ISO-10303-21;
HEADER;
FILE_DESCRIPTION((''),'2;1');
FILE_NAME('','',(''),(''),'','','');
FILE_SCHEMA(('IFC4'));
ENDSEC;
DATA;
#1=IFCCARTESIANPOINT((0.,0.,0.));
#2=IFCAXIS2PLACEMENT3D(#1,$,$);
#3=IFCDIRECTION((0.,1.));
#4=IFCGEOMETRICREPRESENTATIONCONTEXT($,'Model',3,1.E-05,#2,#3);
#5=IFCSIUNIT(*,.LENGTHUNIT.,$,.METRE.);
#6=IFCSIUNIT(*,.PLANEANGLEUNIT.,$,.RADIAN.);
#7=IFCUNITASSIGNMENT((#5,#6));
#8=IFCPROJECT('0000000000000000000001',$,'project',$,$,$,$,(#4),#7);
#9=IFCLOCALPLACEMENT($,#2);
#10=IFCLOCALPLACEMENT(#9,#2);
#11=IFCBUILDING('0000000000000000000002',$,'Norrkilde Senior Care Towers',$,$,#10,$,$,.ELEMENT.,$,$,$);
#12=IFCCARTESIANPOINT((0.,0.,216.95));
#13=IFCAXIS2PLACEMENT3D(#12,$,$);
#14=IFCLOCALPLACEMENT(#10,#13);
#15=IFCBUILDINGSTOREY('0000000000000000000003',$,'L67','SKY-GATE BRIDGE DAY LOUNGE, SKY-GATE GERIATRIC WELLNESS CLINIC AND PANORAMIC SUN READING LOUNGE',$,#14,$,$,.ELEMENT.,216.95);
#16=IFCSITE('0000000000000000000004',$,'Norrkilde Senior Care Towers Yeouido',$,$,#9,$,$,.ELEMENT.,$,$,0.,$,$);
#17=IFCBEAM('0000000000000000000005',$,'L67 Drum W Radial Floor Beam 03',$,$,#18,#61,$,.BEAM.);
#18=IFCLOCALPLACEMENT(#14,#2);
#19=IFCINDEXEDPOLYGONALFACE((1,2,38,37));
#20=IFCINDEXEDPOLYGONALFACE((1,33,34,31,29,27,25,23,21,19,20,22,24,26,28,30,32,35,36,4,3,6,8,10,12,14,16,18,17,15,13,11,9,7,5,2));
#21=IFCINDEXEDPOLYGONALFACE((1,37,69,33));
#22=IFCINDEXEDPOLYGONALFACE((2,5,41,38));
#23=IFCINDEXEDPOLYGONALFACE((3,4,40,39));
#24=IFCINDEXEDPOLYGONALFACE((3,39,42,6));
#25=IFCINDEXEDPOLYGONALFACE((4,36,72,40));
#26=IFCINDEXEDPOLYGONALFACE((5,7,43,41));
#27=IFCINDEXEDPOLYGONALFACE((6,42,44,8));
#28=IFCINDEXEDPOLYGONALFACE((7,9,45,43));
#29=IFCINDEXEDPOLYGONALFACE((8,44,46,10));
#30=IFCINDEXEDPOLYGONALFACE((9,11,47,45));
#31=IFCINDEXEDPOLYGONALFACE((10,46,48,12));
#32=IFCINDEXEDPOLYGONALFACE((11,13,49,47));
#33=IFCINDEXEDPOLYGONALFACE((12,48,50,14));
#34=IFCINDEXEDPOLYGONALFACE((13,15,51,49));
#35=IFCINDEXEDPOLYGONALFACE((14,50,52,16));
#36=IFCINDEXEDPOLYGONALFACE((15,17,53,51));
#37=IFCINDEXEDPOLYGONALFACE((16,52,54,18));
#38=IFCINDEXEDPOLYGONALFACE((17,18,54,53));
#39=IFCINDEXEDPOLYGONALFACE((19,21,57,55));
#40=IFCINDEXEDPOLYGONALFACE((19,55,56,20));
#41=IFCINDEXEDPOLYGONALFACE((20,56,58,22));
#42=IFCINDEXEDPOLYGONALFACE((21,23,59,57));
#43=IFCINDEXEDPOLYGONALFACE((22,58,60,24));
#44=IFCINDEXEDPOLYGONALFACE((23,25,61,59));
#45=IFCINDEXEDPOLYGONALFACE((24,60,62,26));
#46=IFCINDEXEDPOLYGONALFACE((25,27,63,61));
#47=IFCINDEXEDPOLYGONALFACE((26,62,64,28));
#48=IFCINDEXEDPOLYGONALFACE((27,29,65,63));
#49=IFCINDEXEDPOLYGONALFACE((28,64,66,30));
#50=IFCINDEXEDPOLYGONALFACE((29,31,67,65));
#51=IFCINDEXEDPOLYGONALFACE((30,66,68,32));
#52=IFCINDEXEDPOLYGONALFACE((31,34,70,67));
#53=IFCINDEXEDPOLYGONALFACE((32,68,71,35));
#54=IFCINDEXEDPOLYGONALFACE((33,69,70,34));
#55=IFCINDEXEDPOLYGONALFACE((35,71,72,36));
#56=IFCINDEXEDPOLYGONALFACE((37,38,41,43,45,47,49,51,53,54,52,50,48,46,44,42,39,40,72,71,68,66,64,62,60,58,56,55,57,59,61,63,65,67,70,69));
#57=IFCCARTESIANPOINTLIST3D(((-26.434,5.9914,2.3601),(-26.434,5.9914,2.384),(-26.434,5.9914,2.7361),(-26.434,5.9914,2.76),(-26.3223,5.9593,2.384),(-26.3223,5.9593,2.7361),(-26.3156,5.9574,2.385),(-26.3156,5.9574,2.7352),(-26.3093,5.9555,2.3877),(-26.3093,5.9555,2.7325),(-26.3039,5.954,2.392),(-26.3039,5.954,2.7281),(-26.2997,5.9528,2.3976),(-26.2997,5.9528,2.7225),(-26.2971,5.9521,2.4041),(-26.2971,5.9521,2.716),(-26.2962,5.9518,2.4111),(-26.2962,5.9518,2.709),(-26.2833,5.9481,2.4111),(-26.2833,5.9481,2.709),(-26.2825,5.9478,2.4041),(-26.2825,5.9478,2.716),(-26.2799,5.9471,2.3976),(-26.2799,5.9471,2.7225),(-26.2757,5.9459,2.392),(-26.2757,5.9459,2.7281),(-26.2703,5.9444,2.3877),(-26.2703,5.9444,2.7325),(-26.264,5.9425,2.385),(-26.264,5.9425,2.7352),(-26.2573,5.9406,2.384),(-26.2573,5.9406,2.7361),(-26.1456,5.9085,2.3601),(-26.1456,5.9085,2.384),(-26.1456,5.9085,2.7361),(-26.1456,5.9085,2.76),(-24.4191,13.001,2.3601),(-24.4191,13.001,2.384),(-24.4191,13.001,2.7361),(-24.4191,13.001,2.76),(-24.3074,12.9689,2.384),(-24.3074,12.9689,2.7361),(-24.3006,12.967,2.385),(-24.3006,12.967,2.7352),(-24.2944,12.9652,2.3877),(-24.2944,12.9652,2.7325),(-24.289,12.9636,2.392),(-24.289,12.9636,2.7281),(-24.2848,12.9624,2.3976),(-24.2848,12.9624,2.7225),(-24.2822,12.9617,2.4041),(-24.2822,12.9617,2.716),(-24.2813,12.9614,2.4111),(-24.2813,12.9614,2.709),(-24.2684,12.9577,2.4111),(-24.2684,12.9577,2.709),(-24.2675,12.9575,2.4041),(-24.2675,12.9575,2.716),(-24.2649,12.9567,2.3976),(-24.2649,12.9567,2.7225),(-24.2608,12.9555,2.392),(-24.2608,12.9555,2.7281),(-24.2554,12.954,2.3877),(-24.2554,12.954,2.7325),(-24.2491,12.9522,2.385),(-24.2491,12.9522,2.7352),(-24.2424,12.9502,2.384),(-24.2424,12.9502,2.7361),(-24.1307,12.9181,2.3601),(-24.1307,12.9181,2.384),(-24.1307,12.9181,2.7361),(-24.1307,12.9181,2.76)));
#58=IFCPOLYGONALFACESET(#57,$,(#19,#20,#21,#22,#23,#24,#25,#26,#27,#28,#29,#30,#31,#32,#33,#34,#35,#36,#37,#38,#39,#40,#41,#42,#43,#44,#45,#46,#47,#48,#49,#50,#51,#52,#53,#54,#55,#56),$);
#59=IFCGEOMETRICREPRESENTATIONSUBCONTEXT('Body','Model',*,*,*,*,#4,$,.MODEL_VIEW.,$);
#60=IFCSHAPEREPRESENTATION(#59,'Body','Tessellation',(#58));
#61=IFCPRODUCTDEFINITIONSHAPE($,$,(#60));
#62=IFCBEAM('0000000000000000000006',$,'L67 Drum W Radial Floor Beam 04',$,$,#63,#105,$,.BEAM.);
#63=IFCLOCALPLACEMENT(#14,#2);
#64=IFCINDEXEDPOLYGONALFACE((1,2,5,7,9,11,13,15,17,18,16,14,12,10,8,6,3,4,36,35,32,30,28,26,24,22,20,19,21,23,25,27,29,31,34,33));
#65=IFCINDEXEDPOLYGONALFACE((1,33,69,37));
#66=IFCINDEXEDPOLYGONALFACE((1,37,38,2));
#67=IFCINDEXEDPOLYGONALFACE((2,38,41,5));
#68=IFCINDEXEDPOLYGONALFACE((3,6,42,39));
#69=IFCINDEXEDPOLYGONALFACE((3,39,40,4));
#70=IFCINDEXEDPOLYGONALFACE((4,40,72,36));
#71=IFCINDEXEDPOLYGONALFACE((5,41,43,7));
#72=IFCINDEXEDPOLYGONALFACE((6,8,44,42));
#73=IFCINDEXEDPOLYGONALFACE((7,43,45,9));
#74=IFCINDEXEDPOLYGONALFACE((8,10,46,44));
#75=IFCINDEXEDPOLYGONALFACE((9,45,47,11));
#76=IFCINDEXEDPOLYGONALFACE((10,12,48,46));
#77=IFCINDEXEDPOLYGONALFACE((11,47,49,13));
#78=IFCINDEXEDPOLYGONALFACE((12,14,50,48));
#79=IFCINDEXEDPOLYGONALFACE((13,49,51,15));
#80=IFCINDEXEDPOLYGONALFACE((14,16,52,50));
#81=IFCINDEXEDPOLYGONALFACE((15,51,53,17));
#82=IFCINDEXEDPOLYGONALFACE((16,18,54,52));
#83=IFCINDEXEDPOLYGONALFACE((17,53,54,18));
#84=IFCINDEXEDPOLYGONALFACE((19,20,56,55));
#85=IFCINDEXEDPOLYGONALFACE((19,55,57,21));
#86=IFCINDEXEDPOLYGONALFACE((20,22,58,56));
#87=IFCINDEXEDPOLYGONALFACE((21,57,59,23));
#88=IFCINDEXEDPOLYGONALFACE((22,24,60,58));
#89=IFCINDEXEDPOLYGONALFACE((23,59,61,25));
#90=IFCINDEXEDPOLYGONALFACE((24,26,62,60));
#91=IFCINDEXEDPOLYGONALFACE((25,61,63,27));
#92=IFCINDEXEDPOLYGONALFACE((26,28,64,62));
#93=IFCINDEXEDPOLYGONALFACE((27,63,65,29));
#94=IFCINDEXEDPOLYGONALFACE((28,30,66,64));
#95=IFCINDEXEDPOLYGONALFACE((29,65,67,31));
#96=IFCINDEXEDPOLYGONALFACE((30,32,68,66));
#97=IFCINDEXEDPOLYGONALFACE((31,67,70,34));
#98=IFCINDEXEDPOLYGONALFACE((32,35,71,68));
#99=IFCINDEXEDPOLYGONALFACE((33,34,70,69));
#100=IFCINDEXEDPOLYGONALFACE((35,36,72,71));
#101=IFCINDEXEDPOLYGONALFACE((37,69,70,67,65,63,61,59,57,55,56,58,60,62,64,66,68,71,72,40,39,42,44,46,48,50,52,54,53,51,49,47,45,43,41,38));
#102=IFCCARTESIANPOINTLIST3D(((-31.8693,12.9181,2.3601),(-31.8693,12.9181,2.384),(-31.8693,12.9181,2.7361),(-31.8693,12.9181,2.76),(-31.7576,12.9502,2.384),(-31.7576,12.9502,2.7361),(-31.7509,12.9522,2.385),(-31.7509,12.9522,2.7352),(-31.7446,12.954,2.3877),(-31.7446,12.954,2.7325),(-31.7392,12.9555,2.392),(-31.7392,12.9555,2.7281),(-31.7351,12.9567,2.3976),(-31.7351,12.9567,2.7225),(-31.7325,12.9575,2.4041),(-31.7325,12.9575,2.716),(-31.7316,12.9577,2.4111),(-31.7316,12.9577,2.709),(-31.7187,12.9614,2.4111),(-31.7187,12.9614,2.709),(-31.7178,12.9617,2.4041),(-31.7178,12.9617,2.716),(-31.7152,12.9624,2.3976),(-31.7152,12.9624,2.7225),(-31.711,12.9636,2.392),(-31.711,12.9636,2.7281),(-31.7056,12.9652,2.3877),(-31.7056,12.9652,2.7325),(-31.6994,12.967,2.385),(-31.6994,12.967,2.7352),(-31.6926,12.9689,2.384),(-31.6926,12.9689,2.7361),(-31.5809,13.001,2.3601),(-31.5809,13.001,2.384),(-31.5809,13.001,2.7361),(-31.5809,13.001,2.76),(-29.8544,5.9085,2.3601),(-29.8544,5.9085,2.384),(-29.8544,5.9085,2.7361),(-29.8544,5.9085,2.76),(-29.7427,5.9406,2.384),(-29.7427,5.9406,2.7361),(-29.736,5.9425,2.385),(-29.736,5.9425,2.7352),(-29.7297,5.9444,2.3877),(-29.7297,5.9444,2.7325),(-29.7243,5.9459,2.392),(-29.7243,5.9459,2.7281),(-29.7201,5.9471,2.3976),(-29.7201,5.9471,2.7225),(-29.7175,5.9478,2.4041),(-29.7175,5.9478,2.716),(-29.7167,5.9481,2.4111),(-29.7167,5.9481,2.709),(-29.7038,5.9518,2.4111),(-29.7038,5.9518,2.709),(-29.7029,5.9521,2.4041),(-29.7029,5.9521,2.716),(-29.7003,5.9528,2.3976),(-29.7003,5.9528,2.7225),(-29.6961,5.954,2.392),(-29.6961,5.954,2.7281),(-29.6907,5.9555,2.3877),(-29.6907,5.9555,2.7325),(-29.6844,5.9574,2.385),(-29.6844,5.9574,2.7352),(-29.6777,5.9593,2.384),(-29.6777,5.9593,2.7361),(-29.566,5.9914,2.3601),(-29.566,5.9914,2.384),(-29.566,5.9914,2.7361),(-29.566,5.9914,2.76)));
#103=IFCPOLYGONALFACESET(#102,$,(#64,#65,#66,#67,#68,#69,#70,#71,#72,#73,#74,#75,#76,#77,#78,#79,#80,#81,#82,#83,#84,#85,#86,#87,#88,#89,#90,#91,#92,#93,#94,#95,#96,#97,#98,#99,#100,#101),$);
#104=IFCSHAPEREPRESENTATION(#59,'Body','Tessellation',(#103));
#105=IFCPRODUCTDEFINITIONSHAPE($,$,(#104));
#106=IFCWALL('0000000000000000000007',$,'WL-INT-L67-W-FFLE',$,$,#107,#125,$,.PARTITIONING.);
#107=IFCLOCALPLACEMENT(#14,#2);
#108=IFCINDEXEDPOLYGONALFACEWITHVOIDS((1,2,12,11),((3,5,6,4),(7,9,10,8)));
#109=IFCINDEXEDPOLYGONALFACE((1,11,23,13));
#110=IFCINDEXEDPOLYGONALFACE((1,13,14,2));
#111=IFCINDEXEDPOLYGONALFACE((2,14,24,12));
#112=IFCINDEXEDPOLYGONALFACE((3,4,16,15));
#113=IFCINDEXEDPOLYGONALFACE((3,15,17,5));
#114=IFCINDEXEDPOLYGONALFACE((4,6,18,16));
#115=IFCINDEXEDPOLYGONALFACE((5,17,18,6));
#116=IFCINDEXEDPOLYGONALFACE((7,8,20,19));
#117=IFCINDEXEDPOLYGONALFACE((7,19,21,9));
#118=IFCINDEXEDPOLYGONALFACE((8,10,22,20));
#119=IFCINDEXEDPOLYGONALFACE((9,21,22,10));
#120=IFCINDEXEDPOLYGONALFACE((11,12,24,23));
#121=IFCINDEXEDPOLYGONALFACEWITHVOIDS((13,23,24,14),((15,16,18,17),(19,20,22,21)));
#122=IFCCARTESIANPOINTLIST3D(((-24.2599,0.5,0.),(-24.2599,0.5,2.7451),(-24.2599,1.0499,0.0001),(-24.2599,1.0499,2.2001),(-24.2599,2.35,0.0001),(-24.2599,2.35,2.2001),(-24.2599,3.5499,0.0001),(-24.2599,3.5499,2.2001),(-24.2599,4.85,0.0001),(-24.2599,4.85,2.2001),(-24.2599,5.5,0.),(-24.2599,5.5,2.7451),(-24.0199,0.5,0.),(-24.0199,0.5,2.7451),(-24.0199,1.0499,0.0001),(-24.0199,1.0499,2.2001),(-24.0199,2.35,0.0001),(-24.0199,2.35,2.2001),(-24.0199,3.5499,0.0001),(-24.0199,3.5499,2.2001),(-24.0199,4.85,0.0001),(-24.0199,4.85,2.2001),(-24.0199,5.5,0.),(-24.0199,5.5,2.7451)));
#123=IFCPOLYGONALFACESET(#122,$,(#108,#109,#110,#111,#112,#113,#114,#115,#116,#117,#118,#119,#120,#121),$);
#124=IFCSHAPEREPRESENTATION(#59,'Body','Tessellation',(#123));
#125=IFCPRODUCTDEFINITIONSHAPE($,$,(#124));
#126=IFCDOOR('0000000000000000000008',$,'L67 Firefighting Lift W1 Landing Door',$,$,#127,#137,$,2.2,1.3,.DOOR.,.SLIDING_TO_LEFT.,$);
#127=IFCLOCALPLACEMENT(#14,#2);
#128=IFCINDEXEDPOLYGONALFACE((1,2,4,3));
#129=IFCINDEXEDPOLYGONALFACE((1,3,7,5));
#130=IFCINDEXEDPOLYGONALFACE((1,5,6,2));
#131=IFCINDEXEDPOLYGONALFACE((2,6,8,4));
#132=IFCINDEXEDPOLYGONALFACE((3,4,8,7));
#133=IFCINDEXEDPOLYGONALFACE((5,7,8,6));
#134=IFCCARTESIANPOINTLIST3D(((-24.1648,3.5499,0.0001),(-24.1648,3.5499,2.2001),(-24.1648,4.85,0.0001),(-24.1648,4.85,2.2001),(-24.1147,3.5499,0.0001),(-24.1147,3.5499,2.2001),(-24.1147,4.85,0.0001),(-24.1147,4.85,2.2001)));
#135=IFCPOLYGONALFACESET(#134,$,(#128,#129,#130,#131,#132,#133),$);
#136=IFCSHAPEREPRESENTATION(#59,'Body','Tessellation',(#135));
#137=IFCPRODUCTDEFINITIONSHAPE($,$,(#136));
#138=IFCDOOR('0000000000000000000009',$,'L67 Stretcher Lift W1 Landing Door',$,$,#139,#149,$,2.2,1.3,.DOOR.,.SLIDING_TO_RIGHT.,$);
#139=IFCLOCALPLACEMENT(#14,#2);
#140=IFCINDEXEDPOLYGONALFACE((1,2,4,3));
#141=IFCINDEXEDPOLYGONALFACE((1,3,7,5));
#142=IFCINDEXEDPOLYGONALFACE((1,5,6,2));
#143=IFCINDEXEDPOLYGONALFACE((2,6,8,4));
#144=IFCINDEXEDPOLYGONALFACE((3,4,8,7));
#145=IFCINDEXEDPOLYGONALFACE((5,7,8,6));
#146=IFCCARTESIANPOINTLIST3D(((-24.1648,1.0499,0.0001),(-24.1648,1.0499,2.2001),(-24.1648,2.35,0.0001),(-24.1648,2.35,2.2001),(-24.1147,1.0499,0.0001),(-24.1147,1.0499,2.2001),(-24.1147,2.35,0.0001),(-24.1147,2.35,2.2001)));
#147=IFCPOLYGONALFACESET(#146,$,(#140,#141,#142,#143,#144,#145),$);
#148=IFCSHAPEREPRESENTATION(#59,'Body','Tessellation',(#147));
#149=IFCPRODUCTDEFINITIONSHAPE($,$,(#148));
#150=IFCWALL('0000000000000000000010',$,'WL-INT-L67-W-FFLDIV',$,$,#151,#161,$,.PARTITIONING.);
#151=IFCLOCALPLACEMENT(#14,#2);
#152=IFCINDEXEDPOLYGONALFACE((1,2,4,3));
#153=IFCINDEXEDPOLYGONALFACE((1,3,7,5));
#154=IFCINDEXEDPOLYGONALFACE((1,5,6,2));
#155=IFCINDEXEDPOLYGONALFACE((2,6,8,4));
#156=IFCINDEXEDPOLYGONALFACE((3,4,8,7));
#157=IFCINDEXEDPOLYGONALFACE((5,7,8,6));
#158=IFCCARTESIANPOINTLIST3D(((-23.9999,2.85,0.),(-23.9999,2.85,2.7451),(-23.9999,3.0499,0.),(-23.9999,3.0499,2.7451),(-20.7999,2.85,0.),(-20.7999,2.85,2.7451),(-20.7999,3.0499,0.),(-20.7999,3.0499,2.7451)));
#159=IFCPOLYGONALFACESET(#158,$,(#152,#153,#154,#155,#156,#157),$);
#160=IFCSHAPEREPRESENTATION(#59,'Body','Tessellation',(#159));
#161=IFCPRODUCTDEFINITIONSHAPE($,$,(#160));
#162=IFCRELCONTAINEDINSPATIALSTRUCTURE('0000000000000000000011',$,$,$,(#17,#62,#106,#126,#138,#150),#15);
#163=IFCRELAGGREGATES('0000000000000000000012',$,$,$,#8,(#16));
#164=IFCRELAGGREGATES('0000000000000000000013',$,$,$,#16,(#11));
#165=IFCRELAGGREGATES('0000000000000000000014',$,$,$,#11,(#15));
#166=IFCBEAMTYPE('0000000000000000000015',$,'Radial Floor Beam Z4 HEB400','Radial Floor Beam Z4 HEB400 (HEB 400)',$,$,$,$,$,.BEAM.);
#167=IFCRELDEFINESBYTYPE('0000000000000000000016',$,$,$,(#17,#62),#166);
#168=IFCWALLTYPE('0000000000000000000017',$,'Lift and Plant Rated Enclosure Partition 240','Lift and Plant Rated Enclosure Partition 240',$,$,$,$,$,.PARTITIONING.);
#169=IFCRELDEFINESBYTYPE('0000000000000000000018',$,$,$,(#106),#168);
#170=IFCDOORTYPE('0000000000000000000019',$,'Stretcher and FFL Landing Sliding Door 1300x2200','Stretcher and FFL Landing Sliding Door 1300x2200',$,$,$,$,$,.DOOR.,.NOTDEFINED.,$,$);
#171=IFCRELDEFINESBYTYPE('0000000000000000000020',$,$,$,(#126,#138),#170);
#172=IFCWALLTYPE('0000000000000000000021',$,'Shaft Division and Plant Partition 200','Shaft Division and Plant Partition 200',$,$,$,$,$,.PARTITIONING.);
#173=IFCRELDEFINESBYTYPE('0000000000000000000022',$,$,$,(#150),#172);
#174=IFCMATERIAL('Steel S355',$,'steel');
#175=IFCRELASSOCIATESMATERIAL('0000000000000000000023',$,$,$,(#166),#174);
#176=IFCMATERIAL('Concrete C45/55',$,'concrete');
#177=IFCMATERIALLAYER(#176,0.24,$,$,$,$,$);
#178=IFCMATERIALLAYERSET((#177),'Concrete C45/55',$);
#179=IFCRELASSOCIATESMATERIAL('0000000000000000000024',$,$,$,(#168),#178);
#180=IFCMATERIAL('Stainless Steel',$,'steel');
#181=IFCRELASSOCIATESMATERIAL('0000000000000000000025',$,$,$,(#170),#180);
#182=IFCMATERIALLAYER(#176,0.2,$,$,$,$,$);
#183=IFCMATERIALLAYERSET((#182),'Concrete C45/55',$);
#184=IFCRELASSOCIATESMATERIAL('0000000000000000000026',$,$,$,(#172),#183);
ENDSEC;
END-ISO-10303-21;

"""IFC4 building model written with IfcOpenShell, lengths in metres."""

from ifc_helpers import new_model, si_unit, direction, frame, frame_2d, origin, origin_2d, place, context, subcontext, project, spatial, rectangle, i_section, extrude, source, transform, mapped, material, layer, layer_set, material_profile, profile_set, type_object, type_shapes, element, fill, save


model = new_model("IFC4")

# Units and contexts
model_context = context("Model", 3, precision=1e-05, world=origin(), true_north=direction((0.0, 1.0)))
body_context = subcontext(model_context, "Body", "Model", "MODEL_VIEW")
ifc_project = project(units=[si_unit("LENGTHUNIT", "METRE"), si_unit("PLANEANGLEUNIT", "RADIAN")], contexts=[model_context])

# Site, building, storey
site_placement = place(None, origin())
site = spatial("IfcSite", under=ifc_project, at=site_placement, Name="Norrkilde Senior Care Towers Yeouido", CompositionType="ELEMENT", RefElevation=0.0)
building_placement = place(site_placement, origin())
building = spatial("IfcBuilding", under=site, at=building_placement, Name="Norrkilde Senior Care Towers", CompositionType="ELEMENT")
storey_placement = place(building_placement, frame((0.0, 0.0, 216.95)))
storey = spatial("IfcBuildingStorey", under=building, at=storey_placement, Name="L67", Description="SKY-GATE BRIDGE DAY LOUNGE, SKY-GATE GERIATRIC WELLNESS CLINIC AND PANORAMIC SUN READING LOUNGE", CompositionType="ELEMENT", Elevation=216.95)

# Beams
ifc_material_1 = material(Name="Steel S355", Category="steel")
ifc_material_profile = material_profile(ifc_material_1, i_section(OverallWidth=0.3, OverallDepth=0.3999, WebThickness=0.0134, FlangeThickness=0.0239, FilletRadius=0.0271, at=origin_2d()), Name="HEB 400")
ifc_profile_set = profile_set([ifc_material_profile], Name="Steel S355")
beam_type = type_object("IfcBeamType", Name="Radial Floor Beam Z4 HEB400", Description="Radial Floor Beam Z4 HEB400 (HEB 400)", PredefinedType="BEAM", material=ifc_profile_set)
shared_shape_1 = source(origin(), body_context, "Body", "SweptSolid", [
    extrude(i_section(OverallWidth=0.3, OverallDepth=0.3999, WebThickness=0.0134, FlangeThickness=0.0239, FilletRadius=0.0271, at=origin_2d()), origin(), (0.0, 0.0, 1.0), 7.2935),
])
type_shapes(beam_type, [shared_shape_1])
for number, where, z_axis, x_axis, name in (
    (1, (-26.2898, 5.95, 2.5601), (0.276264, 0.961082, 0.0), (-0.961082, 0.276264, 0.0), "L67 Drum W Radial Floor Beam 03"),
    (2, (-29.7102, 5.95, 2.5601), (-0.276264, 0.961082, 0.0), (-0.961082, -0.276264, 0.0), "L67 Drum W Radial Floor Beam 04"),
):
    element("IfcBeam", number, at=place(storey_placement, frame(where, z_axis=z_axis, x_axis=x_axis)), inside=storey, type_object=beam_type, Name=name, PredefinedType="BEAM", context=body_context, shape_type="MappedRepresentation", body=[
        mapped(shared_shape_1, transform((0.0, 0.0, 0.0), x_axis=(1.0, 0.0, 0.0), y_axis=(0.0, 1.0, 0.0), z_axis=(0.0, 0.0, 1.0), scale=1.0)),
    ])

# Shared definitions
ifc_material_2 = material(Name="Concrete C45/55", Category="concrete")

# Wall, openings, doors
ifc_layer_1 = layer(ifc_material_2, 0.24)
ifc_layer_set_1 = layer_set([ifc_layer_1], Name="Concrete C45/55")
wall_type_1 = type_object("IfcWallType", Name="Lift and Plant Rated Enclosure Partition 240", Description="Lift and Plant Rated Enclosure Partition 240", PredefinedType="PARTITIONING", material=ifc_layer_set_1)
shared_shape_2 = source(origin(), body_context, "Body", "SweptSolid", [
    extrude(rectangle(XDim=5.0, YDim=0.24, at=frame_2d((2.5, 0.0))), origin(), (0.0, 0.0, 1.0), 2.7451),
])
type_shapes(wall_type_1, [shared_shape_2])
wall_1_placement = place(storey_placement, frame((-24.1399, 0.5, 0.0), z_axis=(0.0, 0.0, 1.0), x_axis=(0.0, 1.0, 0.0)))
wall_1 = element("IfcWall", 3, at=wall_1_placement, inside=storey, type_object=wall_type_1, Name="WL-INT-L67-W-FFLE", PredefinedType="PARTITIONING", context=body_context, shape_type="MappedRepresentation", body=[
    mapped(shared_shape_2, transform((0.0, 0.0, 0.0), x_axis=(1.0, 0.0, 0.0), y_axis=(0.0, 1.0, 0.0), z_axis=(0.0, 0.0, 1.0), scale=1.0)),
])
opening_1_placement = place(wall_1_placement, frame((3.05, 0.0, 0.0)))
opening_1 = element("IfcOpeningElement", 4, at=opening_1_placement, cuts=wall_1, PredefinedType="OPENING", context=body_context, shape_type="SweptSolid", body=[
    extrude(rectangle(XDim=1.3, YDim=2.2, at=frame_2d((0.6499, 1.1001))), frame((0.0, 0.1299, 0.0), z_axis=(0.0, -1.0, 0.0), x_axis=(1.0, 0.0, 0.0)), (0.0, 0.0, 1.0), 0.26),
])
opening_2_placement = place(wall_1_placement, frame((0.55, 0.0, 0.0)))
opening_2 = element("IfcOpeningElement", 5, at=opening_2_placement, cuts=wall_1, PredefinedType="OPENING", context=body_context, shape_type="SweptSolid", body=[
    extrude(rectangle(XDim=1.3, YDim=2.2, at=frame_2d((0.6499, 1.1001))), frame((0.0, 0.1299, 0.0), z_axis=(0.0, -1.0, 0.0), x_axis=(1.0, 0.0, 0.0)), (0.0, 0.0, 1.0), 0.26),
])
ifc_material_3 = material(Name="Stainless Steel", Category="steel")
door_type_1 = type_object("IfcDoorType", Name="Stretcher and FFL Landing Sliding Door 1300x2200", Description="Stretcher and FFL Landing Sliding Door 1300x2200", OperationType="NOTDEFINED", PredefinedType="DOOR", material=ifc_material_3)
shared_shape_3 = source(origin(), body_context, "Body", "SweptSolid", [
    extrude(rectangle(XDim=1.3, YDim=2.2, at=frame_2d((0.6499, 1.1001))), frame((0.0, 0.0249, 0.0), z_axis=(0.0, -1.0, 0.0), x_axis=(1.0, 0.0, 0.0)), (0.0, 0.0, 1.0), 0.05),
])
type_shapes(door_type_1, [shared_shape_3])
door_1_placement = place(opening_1_placement, origin())
door_1 = element("IfcDoor", 6, at=door_1_placement, inside=storey, type_object=door_type_1, Name="L67 Firefighting Lift W1 Landing Door", OperationType="SLIDING_TO_LEFT", OverallHeight=2.2, OverallWidth=1.3, PredefinedType="DOOR", context=body_context, shape_type="MappedRepresentation", body=[
    mapped(shared_shape_3, transform((0.0, 0.0, 0.0), x_axis=(1.0, 0.0, 0.0), y_axis=(0.0, 1.0, 0.0), z_axis=(0.0, 0.0, 1.0), scale=1.0)),
])
fill(opening_1, door_1)
door_2_placement = place(opening_2_placement, origin())
door_2 = element("IfcDoor", 7, at=door_2_placement, inside=storey, type_object=door_type_1, Name="L67 Stretcher Lift W1 Landing Door", OperationType="SLIDING_TO_RIGHT", OverallHeight=2.2, OverallWidth=1.3, PredefinedType="DOOR", context=body_context, shape_type="MappedRepresentation", body=[
    mapped(shared_shape_3, transform((0.0, 0.0, 0.0), x_axis=(1.0, 0.0, 0.0), y_axis=(0.0, 1.0, 0.0), z_axis=(0.0, 0.0, 1.0), scale=1.0)),
])
fill(opening_2, door_2)

# Wall
ifc_layer_2 = layer(ifc_material_2, 0.2)
ifc_layer_set_2 = layer_set([ifc_layer_2], Name="Concrete C45/55")
wall_type_2 = type_object("IfcWallType", Name="Shaft Division and Plant Partition 200", Description="Shaft Division and Plant Partition 200", PredefinedType="PARTITIONING", material=ifc_layer_set_2)
shared_shape_4 = source(origin(), body_context, "Body", "SweptSolid", [
    extrude(rectangle(XDim=3.2, YDim=0.2, at=frame_2d((1.6001, 0.0))), origin(), (0.0, 0.0, 1.0), 2.7451),
])
type_shapes(wall_type_2, [shared_shape_4])
wall_2_placement = place(storey_placement, frame((-24.0, 2.95, 0.0), z_axis=(0.0, 0.0, 1.0), x_axis=(1.0, 0.0, 0.0)))
element("IfcWall", 8, at=wall_2_placement, inside=storey, type_object=wall_type_2, Name="WL-INT-L67-W-FFLDIV", PredefinedType="PARTITIONING", context=body_context, shape_type="MappedRepresentation", body=[
    mapped(shared_shape_4, transform((0.0, 0.0, 0.0), x_axis=(1.0, 0.0, 0.0), y_axis=(0.0, 1.0, 0.0), z_axis=(0.0, 0.0, 1.0), scale=1.0)),
])

save(model, "model.ifc")
